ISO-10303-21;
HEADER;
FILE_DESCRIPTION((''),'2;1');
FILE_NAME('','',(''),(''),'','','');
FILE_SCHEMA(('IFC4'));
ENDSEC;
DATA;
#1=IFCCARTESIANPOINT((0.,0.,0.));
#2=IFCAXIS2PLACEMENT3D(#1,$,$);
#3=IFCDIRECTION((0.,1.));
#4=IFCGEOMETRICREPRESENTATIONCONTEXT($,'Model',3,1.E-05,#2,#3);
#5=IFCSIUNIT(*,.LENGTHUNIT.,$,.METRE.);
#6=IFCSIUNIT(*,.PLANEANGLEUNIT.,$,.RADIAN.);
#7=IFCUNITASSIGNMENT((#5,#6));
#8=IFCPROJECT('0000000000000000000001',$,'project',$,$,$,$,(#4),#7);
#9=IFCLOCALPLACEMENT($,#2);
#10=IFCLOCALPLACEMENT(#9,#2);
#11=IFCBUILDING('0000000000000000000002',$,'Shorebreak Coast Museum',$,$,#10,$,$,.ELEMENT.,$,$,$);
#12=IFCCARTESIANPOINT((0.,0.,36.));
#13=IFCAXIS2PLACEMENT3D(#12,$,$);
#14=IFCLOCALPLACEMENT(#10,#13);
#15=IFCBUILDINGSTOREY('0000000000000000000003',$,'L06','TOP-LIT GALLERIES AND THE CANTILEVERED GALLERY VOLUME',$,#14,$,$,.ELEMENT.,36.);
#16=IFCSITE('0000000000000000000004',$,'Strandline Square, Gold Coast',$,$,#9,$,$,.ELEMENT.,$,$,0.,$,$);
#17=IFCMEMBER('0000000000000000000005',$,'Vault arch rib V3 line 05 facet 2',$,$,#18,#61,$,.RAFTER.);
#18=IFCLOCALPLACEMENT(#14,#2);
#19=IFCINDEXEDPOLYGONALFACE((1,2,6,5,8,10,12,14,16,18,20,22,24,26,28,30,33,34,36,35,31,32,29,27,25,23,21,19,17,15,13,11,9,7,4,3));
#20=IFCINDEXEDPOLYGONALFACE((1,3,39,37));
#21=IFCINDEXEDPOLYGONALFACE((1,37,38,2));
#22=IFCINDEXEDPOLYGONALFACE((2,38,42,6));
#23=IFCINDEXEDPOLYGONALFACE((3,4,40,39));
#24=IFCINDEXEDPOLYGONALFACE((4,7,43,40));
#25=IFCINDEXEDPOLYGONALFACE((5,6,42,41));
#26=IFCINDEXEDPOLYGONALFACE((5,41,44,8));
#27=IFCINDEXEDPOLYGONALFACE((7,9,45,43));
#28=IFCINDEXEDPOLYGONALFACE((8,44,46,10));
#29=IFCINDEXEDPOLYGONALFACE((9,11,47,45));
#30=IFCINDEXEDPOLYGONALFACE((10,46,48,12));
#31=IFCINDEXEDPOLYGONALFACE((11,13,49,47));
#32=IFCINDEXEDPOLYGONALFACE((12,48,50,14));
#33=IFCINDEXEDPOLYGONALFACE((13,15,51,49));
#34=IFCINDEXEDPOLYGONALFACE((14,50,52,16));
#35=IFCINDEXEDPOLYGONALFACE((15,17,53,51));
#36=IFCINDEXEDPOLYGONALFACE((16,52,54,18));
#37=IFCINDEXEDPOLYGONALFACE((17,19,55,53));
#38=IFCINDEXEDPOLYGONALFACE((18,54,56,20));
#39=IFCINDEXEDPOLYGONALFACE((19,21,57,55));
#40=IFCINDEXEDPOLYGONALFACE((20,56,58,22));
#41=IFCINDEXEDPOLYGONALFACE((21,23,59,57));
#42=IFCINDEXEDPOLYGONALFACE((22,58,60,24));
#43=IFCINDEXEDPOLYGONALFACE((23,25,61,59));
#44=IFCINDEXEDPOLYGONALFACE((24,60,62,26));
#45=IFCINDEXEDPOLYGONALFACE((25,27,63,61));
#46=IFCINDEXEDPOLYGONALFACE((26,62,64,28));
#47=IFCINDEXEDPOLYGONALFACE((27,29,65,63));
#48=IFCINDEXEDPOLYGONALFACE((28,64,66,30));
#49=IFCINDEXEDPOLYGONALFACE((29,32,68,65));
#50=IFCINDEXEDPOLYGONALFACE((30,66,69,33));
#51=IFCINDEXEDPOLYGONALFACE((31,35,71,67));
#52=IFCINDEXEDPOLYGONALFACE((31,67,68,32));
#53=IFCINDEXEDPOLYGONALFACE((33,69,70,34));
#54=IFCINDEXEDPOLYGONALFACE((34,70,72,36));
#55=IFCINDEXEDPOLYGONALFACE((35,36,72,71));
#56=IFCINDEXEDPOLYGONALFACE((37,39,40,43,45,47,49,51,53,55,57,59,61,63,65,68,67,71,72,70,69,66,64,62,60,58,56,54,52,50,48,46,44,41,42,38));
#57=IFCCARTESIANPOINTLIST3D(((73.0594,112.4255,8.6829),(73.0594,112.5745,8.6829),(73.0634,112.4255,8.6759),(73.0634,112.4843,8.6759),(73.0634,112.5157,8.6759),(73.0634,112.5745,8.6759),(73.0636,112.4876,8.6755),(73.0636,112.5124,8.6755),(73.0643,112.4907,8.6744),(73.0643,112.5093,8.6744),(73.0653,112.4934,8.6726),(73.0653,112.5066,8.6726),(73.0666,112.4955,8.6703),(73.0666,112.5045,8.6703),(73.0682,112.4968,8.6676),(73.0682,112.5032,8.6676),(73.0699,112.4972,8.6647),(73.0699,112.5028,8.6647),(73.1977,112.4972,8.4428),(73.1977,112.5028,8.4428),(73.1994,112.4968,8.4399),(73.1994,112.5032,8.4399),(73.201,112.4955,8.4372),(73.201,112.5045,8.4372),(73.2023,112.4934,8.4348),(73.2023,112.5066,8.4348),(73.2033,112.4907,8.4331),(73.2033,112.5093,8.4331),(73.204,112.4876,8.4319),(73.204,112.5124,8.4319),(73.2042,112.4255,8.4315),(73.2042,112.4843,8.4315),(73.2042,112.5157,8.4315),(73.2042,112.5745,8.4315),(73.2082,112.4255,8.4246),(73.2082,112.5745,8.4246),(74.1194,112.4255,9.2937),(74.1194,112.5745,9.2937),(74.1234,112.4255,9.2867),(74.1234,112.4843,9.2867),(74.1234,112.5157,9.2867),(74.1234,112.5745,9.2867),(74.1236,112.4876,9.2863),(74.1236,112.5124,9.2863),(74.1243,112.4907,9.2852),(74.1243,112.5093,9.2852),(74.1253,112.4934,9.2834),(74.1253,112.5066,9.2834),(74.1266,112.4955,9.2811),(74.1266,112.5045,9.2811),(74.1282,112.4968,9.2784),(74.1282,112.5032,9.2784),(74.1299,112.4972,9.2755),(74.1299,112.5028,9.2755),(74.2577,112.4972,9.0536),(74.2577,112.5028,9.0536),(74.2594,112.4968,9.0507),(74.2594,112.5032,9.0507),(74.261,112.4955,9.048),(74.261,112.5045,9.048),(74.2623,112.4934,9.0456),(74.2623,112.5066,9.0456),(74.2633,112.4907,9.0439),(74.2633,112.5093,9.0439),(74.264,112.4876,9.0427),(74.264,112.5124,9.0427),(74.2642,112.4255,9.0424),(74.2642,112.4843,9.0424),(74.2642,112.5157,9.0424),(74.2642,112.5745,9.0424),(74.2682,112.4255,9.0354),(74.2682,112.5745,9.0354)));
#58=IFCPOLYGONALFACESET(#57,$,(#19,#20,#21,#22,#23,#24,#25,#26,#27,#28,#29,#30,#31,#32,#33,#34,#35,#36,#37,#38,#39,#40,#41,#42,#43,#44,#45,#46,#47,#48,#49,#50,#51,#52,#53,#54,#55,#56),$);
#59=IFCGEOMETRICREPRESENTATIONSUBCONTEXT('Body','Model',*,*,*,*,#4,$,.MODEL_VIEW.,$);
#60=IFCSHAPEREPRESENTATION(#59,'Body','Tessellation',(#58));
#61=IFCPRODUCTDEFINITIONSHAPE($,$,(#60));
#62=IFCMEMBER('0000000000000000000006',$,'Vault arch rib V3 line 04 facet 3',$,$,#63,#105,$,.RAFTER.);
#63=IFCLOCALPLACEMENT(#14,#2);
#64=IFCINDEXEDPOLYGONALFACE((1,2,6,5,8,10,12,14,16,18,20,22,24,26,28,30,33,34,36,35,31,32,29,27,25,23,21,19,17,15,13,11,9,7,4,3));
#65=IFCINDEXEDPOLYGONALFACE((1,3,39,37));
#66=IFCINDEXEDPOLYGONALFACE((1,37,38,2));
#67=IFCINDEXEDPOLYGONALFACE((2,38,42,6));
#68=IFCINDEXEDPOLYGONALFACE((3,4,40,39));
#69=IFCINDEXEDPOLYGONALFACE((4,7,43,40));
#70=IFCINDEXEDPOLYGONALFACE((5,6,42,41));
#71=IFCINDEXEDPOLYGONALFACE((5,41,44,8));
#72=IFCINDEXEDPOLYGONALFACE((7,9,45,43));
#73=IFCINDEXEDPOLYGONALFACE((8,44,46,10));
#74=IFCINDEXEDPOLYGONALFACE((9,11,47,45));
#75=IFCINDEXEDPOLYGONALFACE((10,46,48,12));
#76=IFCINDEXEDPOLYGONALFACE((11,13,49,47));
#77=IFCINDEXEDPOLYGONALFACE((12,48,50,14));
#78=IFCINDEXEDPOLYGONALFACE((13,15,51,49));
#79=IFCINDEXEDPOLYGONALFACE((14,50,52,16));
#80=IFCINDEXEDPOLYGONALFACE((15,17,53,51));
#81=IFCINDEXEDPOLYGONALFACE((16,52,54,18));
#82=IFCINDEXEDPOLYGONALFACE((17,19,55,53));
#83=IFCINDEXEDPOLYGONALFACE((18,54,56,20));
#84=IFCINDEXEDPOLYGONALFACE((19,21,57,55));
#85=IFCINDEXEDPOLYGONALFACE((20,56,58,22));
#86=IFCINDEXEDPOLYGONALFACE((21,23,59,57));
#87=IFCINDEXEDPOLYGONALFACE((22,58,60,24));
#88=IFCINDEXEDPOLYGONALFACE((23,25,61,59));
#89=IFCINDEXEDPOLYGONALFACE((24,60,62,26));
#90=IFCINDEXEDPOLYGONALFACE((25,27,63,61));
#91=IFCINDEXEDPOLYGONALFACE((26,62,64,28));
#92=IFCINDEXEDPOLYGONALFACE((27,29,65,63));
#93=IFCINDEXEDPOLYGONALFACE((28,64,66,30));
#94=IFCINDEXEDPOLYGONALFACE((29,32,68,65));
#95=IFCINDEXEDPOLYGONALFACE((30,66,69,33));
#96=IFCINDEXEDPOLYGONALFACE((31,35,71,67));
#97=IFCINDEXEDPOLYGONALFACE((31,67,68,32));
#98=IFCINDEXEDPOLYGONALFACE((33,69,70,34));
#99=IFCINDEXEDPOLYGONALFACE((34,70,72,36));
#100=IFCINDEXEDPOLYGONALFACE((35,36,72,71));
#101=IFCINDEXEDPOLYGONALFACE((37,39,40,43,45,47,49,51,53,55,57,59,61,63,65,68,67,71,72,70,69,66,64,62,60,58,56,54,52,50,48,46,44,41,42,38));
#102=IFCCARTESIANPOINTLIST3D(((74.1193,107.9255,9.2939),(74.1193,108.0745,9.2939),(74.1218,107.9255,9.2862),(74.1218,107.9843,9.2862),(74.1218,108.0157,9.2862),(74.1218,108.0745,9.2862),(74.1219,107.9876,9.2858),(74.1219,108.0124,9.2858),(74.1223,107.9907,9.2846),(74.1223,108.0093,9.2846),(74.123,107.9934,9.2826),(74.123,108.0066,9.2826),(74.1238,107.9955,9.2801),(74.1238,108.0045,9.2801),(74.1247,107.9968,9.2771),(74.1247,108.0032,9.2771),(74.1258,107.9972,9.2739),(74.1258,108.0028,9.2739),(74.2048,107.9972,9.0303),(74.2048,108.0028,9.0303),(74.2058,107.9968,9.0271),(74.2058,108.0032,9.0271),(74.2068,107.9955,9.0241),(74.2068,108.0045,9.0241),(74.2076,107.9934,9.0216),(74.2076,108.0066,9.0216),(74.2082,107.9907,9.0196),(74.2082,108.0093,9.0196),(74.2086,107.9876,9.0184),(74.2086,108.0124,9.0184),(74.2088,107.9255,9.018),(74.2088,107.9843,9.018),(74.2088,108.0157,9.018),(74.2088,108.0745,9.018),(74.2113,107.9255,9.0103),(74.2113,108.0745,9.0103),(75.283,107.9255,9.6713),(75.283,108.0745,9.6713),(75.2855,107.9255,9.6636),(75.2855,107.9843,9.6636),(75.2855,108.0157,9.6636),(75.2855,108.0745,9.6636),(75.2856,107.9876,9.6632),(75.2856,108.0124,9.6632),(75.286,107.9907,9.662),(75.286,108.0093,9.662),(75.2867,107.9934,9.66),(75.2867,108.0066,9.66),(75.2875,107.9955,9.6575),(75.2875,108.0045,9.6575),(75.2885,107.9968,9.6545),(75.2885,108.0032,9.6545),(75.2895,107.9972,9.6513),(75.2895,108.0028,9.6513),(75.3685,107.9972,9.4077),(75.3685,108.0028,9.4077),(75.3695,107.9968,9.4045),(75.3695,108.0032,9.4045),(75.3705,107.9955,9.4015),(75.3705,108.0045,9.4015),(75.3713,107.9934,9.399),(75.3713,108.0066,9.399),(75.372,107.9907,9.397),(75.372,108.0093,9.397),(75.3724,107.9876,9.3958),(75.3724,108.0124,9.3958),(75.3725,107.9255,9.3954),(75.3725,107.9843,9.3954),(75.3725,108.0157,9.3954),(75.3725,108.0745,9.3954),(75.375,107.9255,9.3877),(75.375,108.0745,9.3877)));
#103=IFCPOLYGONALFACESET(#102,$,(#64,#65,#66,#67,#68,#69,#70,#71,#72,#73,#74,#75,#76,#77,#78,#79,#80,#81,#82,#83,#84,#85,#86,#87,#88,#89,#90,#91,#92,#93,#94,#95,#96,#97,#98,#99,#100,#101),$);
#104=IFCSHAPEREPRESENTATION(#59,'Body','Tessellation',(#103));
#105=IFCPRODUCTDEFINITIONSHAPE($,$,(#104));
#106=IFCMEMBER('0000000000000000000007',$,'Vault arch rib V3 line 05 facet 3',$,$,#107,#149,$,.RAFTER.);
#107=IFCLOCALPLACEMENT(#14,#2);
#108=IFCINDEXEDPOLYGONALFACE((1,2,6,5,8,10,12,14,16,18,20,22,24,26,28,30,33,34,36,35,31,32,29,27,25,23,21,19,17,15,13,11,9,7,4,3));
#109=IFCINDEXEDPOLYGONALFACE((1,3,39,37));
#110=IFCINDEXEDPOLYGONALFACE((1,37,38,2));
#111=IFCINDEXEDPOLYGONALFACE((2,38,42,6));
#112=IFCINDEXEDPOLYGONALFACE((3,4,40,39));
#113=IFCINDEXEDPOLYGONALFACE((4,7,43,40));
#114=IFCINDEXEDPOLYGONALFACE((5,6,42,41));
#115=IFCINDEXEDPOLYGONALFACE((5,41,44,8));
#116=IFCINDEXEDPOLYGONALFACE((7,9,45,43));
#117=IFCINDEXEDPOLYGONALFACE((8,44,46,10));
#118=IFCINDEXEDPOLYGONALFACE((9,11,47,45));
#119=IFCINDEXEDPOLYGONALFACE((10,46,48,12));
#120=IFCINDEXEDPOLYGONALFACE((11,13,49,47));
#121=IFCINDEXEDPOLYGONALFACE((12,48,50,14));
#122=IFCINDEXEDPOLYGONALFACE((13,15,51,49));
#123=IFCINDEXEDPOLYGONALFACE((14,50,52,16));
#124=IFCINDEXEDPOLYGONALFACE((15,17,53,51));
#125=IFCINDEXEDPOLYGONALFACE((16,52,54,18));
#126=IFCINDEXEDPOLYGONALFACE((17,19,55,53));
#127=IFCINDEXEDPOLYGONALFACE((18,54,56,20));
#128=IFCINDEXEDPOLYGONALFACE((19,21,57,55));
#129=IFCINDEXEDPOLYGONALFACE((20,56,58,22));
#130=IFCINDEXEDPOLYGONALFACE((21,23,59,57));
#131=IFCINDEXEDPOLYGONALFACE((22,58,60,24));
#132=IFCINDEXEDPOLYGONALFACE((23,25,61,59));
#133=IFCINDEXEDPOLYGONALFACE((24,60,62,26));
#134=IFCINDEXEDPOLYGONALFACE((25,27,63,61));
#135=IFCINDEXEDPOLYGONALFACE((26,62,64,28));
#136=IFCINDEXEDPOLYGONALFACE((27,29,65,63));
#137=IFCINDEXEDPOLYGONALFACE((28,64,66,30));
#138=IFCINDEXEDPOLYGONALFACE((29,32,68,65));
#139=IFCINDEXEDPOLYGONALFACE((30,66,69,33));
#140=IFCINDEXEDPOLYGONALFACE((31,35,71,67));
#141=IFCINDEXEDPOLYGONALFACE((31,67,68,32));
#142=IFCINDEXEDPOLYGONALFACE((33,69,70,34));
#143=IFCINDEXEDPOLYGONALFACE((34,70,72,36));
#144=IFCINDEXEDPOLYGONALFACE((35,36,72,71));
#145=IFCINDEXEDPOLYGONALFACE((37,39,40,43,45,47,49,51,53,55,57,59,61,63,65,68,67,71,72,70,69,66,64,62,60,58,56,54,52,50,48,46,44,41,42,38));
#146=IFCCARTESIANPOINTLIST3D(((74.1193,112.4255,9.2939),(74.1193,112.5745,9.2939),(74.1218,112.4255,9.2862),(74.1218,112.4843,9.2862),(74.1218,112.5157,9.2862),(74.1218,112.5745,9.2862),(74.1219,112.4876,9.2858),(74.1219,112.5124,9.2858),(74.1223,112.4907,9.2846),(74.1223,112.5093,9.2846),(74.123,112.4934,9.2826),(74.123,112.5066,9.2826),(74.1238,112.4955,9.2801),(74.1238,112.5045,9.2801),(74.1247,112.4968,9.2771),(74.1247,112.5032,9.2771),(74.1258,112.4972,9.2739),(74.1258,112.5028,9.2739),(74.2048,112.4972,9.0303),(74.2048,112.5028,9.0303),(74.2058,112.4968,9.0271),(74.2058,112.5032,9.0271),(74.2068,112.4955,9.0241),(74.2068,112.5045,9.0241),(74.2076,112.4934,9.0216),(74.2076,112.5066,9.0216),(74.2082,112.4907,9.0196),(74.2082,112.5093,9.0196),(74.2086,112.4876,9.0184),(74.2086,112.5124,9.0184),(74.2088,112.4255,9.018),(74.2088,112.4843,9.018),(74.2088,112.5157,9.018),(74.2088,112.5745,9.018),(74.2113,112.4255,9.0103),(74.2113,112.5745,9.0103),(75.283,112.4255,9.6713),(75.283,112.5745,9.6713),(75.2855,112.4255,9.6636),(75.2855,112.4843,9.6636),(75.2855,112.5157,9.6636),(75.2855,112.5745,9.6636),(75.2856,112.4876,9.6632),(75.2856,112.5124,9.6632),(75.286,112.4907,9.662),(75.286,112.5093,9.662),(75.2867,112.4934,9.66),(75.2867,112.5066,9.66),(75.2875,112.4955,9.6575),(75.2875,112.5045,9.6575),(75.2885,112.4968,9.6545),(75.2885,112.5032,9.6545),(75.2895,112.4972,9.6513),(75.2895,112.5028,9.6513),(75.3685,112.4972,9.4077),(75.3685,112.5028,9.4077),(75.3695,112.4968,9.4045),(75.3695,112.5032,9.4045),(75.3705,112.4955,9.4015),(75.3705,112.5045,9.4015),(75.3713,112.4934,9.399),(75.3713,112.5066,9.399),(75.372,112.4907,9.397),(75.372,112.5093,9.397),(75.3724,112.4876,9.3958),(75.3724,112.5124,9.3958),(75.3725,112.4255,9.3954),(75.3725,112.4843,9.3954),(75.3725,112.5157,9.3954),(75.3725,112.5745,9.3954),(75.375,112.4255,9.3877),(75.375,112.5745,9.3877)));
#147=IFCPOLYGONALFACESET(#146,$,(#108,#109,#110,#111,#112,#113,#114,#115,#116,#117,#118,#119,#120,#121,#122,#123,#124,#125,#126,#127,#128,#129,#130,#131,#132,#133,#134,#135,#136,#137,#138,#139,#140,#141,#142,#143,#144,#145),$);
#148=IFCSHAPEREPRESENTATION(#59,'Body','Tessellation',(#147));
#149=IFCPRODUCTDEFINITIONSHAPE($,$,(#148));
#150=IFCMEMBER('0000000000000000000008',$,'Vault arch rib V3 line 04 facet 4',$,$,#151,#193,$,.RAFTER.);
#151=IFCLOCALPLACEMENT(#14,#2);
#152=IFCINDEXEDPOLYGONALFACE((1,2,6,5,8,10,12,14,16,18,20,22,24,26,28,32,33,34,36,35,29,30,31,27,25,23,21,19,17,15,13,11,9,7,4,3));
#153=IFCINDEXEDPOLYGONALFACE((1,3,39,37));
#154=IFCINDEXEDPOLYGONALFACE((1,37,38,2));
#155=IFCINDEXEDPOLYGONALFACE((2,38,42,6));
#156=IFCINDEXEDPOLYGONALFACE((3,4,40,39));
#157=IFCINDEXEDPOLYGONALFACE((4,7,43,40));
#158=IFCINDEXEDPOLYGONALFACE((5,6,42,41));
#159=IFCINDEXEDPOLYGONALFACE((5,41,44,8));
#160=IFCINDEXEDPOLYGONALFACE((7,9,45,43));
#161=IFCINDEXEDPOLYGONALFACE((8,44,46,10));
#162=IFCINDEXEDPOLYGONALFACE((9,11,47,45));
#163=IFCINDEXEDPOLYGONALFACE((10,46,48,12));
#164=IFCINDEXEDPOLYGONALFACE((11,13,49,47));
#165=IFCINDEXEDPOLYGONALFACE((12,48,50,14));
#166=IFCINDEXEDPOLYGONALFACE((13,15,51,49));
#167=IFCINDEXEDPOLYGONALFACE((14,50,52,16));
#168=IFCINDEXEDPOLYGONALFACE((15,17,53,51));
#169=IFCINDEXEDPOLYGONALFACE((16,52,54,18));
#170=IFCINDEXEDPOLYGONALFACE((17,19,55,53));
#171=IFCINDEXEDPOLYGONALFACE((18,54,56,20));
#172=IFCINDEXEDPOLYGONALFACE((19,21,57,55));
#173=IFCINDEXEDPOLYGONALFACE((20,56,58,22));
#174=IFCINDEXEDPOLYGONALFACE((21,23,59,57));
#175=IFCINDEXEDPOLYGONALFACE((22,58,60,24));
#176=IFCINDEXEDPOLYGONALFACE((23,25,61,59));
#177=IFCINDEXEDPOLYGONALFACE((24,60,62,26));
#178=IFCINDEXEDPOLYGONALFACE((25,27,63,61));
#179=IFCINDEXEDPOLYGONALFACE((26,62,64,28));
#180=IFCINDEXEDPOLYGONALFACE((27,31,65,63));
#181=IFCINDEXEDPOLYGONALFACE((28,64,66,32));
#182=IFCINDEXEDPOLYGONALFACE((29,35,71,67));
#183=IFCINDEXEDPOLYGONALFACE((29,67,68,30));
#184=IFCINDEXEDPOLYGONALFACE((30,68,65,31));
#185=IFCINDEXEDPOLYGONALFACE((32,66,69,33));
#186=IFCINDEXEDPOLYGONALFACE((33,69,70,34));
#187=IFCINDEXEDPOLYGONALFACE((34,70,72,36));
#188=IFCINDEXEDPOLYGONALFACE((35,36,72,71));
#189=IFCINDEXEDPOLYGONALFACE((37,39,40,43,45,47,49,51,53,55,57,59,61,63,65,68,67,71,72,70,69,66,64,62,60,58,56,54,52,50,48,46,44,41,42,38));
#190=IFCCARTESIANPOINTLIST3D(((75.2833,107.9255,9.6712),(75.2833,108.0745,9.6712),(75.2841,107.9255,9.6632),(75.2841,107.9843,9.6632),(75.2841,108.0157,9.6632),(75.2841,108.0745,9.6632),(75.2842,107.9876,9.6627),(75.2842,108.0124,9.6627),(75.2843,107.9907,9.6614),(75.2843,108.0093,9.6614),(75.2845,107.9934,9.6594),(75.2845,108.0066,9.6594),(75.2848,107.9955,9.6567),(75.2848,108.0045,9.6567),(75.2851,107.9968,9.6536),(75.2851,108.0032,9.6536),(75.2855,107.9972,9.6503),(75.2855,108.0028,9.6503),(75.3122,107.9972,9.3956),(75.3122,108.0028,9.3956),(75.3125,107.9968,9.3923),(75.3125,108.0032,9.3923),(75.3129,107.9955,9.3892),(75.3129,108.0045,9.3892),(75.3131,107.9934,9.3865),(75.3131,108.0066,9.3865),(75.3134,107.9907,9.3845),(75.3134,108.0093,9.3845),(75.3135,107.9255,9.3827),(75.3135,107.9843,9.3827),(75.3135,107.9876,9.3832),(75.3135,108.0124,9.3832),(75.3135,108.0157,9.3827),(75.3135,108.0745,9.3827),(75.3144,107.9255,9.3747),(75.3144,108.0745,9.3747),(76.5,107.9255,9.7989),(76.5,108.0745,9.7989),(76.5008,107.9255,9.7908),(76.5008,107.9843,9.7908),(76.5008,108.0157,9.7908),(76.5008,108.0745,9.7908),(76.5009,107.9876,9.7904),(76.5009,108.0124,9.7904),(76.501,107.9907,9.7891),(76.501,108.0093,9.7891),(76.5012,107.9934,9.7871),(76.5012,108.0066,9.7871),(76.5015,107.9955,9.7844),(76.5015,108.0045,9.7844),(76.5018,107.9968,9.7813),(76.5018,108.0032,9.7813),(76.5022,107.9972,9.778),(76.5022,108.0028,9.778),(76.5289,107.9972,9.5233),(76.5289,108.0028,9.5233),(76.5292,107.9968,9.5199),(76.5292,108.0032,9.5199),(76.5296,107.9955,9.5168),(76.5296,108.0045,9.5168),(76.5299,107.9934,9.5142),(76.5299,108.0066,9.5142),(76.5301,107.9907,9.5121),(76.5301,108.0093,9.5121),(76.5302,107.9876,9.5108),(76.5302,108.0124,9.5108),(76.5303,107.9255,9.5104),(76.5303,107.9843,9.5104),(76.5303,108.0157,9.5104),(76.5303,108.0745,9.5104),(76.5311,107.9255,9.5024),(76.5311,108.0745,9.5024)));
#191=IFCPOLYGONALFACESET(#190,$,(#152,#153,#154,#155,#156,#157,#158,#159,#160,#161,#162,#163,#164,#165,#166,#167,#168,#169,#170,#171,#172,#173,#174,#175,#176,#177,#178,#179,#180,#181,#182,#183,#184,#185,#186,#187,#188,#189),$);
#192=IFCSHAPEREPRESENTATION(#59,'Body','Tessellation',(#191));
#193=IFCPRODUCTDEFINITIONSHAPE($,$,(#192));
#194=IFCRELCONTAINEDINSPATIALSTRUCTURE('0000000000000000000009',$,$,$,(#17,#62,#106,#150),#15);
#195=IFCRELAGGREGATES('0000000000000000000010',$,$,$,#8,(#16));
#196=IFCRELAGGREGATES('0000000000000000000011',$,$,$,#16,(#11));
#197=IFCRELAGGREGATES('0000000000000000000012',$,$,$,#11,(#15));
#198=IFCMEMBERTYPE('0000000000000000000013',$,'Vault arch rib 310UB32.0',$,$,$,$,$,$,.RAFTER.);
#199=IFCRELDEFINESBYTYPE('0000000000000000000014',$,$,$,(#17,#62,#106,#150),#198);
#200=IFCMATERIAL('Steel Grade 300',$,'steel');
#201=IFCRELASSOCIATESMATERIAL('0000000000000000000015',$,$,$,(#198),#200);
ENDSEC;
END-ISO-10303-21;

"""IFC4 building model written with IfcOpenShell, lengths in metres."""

from ifc_helpers import new_model, si_unit, direction, frame, origin, origin_2d, place, context, subcontext, project, spatial, i_section, extrude, material, material_profile, profile_set, type_object, element, save


model = new_model("IFC4")

# Units and contexts
model_context = context("Model", 3, precision=1e-05, world=origin(), true_north=direction((0.0, 1.0)))
body_context = subcontext(model_context, "Body", "Model", "MODEL_VIEW")
ifc_project = project(units=[si_unit("LENGTHUNIT", "METRE"), si_unit("PLANEANGLEUNIT", "RADIAN")], contexts=[model_context])

# Site, building, storey
site_placement = place(None, origin())
site = spatial("IfcSite", under=ifc_project, at=site_placement, Name="Strandline Square, Gold Coast", CompositionType="ELEMENT", RefElevation=0.0)
building_placement = place(site_placement, origin())
building = spatial("IfcBuilding", under=site, at=building_placement, Name="Shorebreak Coast Museum", CompositionType="ELEMENT")
storey_placement = place(building_placement, frame((0.0, 0.0, 36.0)))
storey = spatial("IfcBuildingStorey", under=building, at=storey_placement, Name="L06", Description="TOP-LIT GALLERIES AND THE CANTILEVERED GALLERY VOLUME", CompositionType="ELEMENT", Elevation=36.0)

# Members
ifc_material_1 = material(Name="Steel Grade 300", Category="steel")
ifc_material_profile_1 = material_profile(ifc_material_1, i_section(OverallWidth=0.1489, OverallDepth=0.2981, WebThickness=0.0056, FlangeThickness=0.0081, FilletRadius=0.0129, at=origin_2d()), Name="310UB32.0")
ifc_profile_set_1 = profile_set([ifc_material_profile_1], Name="Steel Grade 300")
member_type_1 = type_object("IfcMemberType", Name="Vault arch rib 310UB32.0", PredefinedType="RAFTER", material=ifc_profile_set_1)
for number, where, z_axis, x_axis, name in (
    (1, (73.1338, 112.5, 8.5537), (0.866445, 0.0, 0.499273), (0.0, 1.0, 0.0), "Vault arch rib V3 line 05 facet 2"),
    (2, (74.1653, 108.0, 9.1521), (0.951226, 0.0, 0.308495), (0.0, 1.0, 0.0), "Vault arch rib V3 line 04 facet 3"),
    (3, (74.1653, 112.5, 9.1521), (0.951226, 0.0, 0.308495), (0.0, 1.0, 0.0), "Vault arch rib V3 line 05 facet 3"),
    (4, (75.2988, 108.0, 9.5229), (0.994539, 0.0, 0.104363), (0.0, 1.0, 0.0), "Vault arch rib V3 line 04 facet 4"),
):
    element("IfcMember", number, at=place(storey_placement, frame(where, z_axis=z_axis, x_axis=x_axis)), inside=storey, type_object=member_type_1, Name=name, PredefinedType="RAFTER", context=body_context, shape_type="SweptSolid", body=[
        extrude(i_section(OverallWidth=0.1489, OverallDepth=0.2981, WebThickness=0.0056, FlangeThickness=0.0081, FilletRadius=0.0129, at=origin_2d()), origin(), (0.0, 0.0, 1.0), 1.2234),
    ])

save(model, "model.ifc")
